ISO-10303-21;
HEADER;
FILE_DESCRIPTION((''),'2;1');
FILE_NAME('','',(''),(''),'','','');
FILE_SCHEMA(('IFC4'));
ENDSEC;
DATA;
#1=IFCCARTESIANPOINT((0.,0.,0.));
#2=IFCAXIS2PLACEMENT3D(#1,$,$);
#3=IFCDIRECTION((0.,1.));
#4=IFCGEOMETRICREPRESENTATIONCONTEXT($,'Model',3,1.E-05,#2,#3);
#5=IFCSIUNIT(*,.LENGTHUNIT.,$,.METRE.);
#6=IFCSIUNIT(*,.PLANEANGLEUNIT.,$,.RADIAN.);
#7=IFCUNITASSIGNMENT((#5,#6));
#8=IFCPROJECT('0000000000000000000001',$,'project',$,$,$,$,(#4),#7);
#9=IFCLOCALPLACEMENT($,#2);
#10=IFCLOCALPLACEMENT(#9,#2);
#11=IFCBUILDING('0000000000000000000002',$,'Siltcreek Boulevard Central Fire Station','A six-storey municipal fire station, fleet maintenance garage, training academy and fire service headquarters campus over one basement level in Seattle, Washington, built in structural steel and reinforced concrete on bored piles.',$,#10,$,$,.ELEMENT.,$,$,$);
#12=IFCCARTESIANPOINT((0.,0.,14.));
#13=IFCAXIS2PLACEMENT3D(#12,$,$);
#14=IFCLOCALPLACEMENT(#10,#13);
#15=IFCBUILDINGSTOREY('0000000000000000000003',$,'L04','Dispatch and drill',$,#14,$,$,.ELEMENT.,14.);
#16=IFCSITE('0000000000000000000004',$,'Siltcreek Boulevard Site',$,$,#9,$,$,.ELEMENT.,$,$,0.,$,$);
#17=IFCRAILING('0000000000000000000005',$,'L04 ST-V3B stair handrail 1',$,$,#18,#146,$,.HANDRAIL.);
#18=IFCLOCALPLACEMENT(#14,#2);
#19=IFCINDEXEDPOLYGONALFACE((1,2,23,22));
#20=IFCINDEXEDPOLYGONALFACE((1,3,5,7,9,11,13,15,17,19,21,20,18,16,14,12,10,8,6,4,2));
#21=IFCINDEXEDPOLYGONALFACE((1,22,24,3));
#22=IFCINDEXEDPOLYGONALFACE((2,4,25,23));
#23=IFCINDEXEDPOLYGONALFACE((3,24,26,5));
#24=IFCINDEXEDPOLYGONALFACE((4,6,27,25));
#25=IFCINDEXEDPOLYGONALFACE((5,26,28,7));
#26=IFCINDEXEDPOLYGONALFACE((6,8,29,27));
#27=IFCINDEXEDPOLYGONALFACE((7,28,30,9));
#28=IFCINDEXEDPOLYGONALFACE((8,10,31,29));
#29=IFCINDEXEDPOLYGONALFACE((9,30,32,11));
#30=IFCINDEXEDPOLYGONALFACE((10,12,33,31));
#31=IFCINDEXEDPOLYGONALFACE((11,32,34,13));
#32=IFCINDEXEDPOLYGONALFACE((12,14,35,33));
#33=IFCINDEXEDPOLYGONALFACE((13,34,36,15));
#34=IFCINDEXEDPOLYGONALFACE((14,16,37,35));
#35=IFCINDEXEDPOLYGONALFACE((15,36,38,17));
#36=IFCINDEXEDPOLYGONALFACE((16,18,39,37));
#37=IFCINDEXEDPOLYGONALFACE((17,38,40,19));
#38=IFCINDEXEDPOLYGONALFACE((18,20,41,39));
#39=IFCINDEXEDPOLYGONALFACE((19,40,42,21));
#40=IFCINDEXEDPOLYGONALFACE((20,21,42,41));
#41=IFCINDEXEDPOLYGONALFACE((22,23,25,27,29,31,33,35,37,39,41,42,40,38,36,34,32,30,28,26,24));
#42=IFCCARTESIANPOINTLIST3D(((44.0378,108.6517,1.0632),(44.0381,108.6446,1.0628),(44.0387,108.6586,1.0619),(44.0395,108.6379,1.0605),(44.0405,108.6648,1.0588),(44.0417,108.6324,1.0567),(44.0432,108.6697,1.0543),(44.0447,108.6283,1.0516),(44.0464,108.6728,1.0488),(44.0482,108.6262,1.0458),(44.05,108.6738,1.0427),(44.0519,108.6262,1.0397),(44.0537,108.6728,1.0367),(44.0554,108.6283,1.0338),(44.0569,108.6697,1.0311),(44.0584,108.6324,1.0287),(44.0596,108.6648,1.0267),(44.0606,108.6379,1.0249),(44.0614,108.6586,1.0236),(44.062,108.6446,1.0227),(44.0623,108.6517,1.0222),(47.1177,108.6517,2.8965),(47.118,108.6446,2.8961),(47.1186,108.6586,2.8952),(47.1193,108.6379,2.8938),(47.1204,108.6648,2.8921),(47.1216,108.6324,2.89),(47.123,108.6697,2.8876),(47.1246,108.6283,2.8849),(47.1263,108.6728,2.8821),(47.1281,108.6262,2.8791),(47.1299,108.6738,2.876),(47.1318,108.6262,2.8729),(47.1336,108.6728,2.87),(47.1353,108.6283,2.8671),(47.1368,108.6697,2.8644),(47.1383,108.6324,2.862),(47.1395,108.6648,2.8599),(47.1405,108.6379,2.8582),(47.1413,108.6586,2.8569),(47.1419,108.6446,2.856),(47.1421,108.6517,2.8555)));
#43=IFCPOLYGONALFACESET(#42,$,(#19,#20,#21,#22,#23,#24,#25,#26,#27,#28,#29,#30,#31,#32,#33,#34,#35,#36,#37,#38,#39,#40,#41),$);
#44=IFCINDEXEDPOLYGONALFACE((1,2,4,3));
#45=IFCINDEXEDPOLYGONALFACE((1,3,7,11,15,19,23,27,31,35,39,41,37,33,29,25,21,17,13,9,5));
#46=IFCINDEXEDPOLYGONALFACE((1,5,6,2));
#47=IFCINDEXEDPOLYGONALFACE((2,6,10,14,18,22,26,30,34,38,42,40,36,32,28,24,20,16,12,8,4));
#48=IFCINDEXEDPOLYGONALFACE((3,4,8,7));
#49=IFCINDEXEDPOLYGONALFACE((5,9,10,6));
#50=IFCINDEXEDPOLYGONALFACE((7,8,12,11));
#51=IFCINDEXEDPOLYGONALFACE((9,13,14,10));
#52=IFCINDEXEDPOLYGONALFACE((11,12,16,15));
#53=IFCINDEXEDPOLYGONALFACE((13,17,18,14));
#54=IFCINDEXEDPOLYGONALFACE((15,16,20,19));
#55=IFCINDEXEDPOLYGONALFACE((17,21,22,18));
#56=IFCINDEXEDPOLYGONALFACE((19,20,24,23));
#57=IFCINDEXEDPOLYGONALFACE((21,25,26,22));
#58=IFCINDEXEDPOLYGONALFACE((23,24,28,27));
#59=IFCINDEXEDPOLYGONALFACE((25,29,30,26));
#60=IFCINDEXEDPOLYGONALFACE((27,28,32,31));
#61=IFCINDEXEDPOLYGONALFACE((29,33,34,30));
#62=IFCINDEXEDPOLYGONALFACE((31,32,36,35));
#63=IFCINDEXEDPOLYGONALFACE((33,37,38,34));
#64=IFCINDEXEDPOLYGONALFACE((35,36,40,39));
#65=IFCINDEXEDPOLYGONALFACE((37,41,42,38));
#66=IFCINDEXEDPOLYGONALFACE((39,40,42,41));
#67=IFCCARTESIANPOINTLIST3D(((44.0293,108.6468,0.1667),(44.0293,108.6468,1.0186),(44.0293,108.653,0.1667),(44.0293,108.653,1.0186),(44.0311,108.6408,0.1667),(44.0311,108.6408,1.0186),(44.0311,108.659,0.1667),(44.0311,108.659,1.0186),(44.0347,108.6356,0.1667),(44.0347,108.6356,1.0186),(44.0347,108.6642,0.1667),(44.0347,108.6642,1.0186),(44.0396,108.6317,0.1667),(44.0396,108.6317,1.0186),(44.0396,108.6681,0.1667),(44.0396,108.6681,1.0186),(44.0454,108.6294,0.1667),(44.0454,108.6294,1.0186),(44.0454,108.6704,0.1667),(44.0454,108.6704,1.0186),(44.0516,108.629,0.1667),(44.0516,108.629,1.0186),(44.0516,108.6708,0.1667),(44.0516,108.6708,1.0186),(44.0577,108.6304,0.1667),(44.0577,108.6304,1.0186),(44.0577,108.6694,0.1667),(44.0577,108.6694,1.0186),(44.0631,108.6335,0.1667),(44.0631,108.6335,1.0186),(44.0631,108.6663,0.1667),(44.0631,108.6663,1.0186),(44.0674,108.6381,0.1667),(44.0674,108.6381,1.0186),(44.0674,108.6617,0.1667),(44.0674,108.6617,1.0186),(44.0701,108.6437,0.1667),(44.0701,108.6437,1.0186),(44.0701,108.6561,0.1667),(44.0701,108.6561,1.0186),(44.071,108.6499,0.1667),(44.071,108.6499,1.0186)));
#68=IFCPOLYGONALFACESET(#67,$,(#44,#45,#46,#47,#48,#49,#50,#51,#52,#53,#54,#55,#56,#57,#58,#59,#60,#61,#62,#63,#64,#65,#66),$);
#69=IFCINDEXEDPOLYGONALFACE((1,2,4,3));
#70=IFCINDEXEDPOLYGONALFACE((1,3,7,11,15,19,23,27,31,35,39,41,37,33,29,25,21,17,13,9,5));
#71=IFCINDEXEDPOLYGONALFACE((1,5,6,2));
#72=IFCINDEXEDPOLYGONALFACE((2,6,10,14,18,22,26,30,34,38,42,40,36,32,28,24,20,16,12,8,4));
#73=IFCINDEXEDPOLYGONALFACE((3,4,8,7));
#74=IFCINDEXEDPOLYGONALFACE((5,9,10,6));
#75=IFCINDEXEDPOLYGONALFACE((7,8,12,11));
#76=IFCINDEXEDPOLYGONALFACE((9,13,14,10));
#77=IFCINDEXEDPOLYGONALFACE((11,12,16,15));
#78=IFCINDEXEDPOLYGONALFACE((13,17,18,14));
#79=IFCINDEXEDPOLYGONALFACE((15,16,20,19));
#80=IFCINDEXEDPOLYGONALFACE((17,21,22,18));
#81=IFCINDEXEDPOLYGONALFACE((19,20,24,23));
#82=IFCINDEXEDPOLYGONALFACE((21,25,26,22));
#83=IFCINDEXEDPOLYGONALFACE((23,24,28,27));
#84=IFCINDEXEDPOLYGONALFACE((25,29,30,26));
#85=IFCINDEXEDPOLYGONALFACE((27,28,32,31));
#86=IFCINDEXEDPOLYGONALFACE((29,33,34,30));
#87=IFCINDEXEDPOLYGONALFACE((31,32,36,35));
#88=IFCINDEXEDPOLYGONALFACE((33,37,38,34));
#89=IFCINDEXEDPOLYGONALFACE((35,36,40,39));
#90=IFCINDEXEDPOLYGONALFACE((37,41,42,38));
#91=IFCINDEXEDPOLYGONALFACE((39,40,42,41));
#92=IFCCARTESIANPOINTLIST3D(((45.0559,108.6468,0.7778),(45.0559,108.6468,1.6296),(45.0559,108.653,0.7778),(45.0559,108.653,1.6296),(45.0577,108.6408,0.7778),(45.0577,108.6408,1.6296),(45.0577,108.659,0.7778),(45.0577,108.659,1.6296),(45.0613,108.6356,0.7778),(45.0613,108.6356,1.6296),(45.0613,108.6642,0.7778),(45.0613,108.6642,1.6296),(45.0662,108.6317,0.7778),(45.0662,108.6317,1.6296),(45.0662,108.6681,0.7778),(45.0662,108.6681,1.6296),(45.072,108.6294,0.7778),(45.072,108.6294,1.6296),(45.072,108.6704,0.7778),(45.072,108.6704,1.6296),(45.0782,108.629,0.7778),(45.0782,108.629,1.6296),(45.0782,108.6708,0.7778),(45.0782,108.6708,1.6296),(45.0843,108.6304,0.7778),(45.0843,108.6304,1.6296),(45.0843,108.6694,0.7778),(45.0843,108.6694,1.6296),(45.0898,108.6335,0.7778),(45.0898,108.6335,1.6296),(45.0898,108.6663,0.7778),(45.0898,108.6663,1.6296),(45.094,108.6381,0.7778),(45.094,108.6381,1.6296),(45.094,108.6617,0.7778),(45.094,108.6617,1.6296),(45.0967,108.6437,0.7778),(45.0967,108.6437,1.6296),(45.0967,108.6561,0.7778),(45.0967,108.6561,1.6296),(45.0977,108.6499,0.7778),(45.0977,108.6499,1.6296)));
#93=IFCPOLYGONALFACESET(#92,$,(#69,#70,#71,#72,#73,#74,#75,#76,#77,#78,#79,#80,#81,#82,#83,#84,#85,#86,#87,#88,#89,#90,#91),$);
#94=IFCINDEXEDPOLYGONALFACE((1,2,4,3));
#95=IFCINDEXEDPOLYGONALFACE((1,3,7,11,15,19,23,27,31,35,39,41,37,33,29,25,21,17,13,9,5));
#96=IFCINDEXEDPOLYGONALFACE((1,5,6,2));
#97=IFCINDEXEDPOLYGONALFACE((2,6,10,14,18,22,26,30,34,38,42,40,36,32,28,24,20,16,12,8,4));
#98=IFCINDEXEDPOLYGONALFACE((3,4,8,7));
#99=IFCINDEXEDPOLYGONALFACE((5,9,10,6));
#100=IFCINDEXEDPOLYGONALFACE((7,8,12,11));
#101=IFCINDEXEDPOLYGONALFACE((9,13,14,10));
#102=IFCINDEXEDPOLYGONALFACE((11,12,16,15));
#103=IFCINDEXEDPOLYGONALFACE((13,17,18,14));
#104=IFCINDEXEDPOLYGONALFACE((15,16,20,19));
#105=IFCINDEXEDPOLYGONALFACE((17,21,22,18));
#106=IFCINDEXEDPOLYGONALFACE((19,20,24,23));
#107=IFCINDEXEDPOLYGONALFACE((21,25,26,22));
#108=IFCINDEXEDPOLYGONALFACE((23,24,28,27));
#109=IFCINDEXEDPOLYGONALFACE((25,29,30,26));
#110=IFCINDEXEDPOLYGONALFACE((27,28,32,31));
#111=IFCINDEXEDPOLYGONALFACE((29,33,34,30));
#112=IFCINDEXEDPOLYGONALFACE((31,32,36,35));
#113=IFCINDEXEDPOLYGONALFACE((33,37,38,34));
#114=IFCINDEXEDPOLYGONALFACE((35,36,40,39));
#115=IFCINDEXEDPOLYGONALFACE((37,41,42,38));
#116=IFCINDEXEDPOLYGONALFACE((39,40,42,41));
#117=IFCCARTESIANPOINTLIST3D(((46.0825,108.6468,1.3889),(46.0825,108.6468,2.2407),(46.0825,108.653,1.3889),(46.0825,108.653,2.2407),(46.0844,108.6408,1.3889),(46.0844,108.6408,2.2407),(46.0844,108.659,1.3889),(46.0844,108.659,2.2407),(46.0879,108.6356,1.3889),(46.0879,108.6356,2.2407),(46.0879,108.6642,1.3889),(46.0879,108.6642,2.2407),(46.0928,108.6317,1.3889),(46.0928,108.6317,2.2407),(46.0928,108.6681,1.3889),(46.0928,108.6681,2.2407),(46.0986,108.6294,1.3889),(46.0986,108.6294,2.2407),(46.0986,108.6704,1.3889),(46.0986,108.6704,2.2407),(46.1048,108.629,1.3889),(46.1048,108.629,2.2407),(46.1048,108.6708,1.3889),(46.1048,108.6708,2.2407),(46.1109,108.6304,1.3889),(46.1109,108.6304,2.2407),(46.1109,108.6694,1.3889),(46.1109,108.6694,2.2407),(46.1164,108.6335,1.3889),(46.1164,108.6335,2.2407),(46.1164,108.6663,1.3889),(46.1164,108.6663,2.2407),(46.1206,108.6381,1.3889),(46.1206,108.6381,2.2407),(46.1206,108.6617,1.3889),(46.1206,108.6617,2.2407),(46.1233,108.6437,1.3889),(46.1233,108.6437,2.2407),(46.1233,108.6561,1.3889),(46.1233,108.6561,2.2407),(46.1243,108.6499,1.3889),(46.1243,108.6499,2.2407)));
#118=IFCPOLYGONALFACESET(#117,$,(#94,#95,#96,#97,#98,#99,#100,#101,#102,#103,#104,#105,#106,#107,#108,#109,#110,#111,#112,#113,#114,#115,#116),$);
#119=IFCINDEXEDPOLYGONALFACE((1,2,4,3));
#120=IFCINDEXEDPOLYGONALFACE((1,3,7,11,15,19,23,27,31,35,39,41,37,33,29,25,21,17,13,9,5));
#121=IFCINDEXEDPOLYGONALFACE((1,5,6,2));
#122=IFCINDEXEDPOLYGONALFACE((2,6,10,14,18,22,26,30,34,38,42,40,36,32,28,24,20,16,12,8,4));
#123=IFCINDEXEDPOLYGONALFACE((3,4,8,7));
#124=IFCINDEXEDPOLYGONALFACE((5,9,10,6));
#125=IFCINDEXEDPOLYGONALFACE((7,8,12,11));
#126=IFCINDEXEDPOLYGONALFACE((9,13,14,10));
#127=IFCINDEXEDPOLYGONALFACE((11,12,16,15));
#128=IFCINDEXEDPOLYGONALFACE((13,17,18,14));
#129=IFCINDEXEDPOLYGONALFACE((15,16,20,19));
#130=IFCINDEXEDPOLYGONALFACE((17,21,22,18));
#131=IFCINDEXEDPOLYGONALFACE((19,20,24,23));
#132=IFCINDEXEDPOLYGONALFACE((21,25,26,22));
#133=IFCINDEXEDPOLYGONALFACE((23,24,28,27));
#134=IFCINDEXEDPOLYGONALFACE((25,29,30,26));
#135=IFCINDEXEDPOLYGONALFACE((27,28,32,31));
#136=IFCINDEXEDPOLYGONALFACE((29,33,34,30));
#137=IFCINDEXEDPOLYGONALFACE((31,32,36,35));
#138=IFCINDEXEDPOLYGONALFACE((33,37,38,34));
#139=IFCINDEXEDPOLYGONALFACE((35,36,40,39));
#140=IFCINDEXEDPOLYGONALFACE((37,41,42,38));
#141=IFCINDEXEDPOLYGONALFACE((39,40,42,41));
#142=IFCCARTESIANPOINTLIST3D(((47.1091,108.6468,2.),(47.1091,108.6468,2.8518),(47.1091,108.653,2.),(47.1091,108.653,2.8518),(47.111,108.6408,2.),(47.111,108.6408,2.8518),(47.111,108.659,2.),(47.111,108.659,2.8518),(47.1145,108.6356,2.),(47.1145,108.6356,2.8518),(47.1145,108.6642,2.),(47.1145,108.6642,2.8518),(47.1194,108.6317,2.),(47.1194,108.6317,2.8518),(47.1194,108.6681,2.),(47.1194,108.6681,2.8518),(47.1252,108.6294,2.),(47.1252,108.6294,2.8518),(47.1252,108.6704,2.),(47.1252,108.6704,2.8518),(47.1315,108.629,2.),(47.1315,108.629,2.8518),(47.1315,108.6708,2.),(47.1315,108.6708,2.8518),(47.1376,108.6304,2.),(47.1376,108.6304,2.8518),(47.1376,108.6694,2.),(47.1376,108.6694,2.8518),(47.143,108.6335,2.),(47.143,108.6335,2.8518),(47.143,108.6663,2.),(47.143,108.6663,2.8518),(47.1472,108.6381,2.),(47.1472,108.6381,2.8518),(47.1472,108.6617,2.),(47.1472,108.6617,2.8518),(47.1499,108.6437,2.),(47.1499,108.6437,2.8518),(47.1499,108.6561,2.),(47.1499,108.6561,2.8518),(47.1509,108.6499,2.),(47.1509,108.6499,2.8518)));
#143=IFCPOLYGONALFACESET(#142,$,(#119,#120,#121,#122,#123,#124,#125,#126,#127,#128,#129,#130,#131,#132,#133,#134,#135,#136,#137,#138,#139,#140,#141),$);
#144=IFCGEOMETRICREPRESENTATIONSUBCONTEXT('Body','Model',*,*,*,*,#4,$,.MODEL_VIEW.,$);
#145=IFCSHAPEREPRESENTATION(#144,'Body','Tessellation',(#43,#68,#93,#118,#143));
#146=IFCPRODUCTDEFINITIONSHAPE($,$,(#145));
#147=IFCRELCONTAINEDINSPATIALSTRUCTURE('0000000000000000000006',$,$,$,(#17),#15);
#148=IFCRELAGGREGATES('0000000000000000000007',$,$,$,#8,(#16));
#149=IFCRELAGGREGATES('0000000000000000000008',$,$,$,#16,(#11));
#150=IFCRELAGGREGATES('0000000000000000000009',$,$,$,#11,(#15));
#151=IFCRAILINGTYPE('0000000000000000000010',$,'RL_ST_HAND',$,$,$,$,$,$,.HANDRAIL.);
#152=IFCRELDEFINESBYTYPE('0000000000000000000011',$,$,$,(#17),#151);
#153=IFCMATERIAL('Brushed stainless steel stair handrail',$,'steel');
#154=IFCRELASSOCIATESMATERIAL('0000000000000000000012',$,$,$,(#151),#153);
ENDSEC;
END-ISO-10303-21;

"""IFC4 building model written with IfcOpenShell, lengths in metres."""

from ifc_helpers import new_model, si_unit, direction, frame, origin, origin_2d, place, context, subcontext, project, spatial, circle, extrude, material, type_object, element, save


model = new_model("IFC4")

# Units and contexts
model_context = context("Model", 3, precision=1e-05, world=origin(), true_north=direction((0.0, 1.0)))
body_context = subcontext(model_context, "Body", "Model", "MODEL_VIEW")
ifc_project = project(units=[si_unit("LENGTHUNIT", "METRE"), si_unit("PLANEANGLEUNIT", "RADIAN")], contexts=[model_context])

# Site, building, storey
site_placement = place(None, origin())
site = spatial("IfcSite", under=ifc_project, at=site_placement, Name="Siltcreek Boulevard Site", CompositionType="ELEMENT", RefElevation=0.0)
building_placement = place(site_placement, origin())
building = spatial("IfcBuilding", under=site, at=building_placement, Name="Siltcreek Boulevard Central Fire Station", Description="A six-storey municipal fire station, fleet maintenance garage, training academy and fire service headquarters campus over one basement level in Seattle, Washington, built in structural steel and reinforced concrete on bored piles.", CompositionType="ELEMENT")
storey_placement = place(building_placement, frame((0.0, 0.0, 14.0)))
storey = spatial("IfcBuildingStorey", under=building, at=storey_placement, Name="L04", Description="Dispatch and drill", CompositionType="ELEMENT", Elevation=14.0)

# Railing
ifc_material_1 = material(Name="Brushed stainless steel stair handrail", Category="steel")
railing_type_1 = type_object("IfcRailingType", Name="RL_ST_HAND", PredefinedType="HANDRAIL", material=ifc_material_1)
railing_1_placement = place(storey_placement, frame((44.05, 108.6499, 0.1667)))
element("IfcRailing", 1, at=railing_1_placement, inside=storey, type_object=railing_type_1, Name="L04 ST-V3B stair handrail 1", PredefinedType="HANDRAIL", context=body_context, shape_type="SweptSolid", body=[
    extrude(circle(Radius=0.0239, at=origin_2d()), frame((0.0, 0.0, 0.876), z_axis=(0.859291, 0.0, 0.511487), x_axis=(0.0, 1.0, 0.0)), (0.0, 0.0, 1.0), 3.5842),
    extrude(circle(Radius=0.021, at=origin_2d()), origin(), (0.0, 0.0, 1.0), 0.8518),
    extrude(circle(Radius=0.021, at=origin_2d()), frame((1.0266, 0.0, 0.6111)), (0.0, 0.0, 1.0), 0.8518),
    extrude(circle(Radius=0.021, at=origin_2d()), frame((2.0532, 0.0, 1.2222)), (0.0, 0.0, 1.0), 0.8518),
    extrude(circle(Radius=0.021, at=origin_2d()), frame((3.0798, 0.0, 1.8333)), (0.0, 0.0, 1.0), 0.8518),
])

save(model, "model.ifc")
